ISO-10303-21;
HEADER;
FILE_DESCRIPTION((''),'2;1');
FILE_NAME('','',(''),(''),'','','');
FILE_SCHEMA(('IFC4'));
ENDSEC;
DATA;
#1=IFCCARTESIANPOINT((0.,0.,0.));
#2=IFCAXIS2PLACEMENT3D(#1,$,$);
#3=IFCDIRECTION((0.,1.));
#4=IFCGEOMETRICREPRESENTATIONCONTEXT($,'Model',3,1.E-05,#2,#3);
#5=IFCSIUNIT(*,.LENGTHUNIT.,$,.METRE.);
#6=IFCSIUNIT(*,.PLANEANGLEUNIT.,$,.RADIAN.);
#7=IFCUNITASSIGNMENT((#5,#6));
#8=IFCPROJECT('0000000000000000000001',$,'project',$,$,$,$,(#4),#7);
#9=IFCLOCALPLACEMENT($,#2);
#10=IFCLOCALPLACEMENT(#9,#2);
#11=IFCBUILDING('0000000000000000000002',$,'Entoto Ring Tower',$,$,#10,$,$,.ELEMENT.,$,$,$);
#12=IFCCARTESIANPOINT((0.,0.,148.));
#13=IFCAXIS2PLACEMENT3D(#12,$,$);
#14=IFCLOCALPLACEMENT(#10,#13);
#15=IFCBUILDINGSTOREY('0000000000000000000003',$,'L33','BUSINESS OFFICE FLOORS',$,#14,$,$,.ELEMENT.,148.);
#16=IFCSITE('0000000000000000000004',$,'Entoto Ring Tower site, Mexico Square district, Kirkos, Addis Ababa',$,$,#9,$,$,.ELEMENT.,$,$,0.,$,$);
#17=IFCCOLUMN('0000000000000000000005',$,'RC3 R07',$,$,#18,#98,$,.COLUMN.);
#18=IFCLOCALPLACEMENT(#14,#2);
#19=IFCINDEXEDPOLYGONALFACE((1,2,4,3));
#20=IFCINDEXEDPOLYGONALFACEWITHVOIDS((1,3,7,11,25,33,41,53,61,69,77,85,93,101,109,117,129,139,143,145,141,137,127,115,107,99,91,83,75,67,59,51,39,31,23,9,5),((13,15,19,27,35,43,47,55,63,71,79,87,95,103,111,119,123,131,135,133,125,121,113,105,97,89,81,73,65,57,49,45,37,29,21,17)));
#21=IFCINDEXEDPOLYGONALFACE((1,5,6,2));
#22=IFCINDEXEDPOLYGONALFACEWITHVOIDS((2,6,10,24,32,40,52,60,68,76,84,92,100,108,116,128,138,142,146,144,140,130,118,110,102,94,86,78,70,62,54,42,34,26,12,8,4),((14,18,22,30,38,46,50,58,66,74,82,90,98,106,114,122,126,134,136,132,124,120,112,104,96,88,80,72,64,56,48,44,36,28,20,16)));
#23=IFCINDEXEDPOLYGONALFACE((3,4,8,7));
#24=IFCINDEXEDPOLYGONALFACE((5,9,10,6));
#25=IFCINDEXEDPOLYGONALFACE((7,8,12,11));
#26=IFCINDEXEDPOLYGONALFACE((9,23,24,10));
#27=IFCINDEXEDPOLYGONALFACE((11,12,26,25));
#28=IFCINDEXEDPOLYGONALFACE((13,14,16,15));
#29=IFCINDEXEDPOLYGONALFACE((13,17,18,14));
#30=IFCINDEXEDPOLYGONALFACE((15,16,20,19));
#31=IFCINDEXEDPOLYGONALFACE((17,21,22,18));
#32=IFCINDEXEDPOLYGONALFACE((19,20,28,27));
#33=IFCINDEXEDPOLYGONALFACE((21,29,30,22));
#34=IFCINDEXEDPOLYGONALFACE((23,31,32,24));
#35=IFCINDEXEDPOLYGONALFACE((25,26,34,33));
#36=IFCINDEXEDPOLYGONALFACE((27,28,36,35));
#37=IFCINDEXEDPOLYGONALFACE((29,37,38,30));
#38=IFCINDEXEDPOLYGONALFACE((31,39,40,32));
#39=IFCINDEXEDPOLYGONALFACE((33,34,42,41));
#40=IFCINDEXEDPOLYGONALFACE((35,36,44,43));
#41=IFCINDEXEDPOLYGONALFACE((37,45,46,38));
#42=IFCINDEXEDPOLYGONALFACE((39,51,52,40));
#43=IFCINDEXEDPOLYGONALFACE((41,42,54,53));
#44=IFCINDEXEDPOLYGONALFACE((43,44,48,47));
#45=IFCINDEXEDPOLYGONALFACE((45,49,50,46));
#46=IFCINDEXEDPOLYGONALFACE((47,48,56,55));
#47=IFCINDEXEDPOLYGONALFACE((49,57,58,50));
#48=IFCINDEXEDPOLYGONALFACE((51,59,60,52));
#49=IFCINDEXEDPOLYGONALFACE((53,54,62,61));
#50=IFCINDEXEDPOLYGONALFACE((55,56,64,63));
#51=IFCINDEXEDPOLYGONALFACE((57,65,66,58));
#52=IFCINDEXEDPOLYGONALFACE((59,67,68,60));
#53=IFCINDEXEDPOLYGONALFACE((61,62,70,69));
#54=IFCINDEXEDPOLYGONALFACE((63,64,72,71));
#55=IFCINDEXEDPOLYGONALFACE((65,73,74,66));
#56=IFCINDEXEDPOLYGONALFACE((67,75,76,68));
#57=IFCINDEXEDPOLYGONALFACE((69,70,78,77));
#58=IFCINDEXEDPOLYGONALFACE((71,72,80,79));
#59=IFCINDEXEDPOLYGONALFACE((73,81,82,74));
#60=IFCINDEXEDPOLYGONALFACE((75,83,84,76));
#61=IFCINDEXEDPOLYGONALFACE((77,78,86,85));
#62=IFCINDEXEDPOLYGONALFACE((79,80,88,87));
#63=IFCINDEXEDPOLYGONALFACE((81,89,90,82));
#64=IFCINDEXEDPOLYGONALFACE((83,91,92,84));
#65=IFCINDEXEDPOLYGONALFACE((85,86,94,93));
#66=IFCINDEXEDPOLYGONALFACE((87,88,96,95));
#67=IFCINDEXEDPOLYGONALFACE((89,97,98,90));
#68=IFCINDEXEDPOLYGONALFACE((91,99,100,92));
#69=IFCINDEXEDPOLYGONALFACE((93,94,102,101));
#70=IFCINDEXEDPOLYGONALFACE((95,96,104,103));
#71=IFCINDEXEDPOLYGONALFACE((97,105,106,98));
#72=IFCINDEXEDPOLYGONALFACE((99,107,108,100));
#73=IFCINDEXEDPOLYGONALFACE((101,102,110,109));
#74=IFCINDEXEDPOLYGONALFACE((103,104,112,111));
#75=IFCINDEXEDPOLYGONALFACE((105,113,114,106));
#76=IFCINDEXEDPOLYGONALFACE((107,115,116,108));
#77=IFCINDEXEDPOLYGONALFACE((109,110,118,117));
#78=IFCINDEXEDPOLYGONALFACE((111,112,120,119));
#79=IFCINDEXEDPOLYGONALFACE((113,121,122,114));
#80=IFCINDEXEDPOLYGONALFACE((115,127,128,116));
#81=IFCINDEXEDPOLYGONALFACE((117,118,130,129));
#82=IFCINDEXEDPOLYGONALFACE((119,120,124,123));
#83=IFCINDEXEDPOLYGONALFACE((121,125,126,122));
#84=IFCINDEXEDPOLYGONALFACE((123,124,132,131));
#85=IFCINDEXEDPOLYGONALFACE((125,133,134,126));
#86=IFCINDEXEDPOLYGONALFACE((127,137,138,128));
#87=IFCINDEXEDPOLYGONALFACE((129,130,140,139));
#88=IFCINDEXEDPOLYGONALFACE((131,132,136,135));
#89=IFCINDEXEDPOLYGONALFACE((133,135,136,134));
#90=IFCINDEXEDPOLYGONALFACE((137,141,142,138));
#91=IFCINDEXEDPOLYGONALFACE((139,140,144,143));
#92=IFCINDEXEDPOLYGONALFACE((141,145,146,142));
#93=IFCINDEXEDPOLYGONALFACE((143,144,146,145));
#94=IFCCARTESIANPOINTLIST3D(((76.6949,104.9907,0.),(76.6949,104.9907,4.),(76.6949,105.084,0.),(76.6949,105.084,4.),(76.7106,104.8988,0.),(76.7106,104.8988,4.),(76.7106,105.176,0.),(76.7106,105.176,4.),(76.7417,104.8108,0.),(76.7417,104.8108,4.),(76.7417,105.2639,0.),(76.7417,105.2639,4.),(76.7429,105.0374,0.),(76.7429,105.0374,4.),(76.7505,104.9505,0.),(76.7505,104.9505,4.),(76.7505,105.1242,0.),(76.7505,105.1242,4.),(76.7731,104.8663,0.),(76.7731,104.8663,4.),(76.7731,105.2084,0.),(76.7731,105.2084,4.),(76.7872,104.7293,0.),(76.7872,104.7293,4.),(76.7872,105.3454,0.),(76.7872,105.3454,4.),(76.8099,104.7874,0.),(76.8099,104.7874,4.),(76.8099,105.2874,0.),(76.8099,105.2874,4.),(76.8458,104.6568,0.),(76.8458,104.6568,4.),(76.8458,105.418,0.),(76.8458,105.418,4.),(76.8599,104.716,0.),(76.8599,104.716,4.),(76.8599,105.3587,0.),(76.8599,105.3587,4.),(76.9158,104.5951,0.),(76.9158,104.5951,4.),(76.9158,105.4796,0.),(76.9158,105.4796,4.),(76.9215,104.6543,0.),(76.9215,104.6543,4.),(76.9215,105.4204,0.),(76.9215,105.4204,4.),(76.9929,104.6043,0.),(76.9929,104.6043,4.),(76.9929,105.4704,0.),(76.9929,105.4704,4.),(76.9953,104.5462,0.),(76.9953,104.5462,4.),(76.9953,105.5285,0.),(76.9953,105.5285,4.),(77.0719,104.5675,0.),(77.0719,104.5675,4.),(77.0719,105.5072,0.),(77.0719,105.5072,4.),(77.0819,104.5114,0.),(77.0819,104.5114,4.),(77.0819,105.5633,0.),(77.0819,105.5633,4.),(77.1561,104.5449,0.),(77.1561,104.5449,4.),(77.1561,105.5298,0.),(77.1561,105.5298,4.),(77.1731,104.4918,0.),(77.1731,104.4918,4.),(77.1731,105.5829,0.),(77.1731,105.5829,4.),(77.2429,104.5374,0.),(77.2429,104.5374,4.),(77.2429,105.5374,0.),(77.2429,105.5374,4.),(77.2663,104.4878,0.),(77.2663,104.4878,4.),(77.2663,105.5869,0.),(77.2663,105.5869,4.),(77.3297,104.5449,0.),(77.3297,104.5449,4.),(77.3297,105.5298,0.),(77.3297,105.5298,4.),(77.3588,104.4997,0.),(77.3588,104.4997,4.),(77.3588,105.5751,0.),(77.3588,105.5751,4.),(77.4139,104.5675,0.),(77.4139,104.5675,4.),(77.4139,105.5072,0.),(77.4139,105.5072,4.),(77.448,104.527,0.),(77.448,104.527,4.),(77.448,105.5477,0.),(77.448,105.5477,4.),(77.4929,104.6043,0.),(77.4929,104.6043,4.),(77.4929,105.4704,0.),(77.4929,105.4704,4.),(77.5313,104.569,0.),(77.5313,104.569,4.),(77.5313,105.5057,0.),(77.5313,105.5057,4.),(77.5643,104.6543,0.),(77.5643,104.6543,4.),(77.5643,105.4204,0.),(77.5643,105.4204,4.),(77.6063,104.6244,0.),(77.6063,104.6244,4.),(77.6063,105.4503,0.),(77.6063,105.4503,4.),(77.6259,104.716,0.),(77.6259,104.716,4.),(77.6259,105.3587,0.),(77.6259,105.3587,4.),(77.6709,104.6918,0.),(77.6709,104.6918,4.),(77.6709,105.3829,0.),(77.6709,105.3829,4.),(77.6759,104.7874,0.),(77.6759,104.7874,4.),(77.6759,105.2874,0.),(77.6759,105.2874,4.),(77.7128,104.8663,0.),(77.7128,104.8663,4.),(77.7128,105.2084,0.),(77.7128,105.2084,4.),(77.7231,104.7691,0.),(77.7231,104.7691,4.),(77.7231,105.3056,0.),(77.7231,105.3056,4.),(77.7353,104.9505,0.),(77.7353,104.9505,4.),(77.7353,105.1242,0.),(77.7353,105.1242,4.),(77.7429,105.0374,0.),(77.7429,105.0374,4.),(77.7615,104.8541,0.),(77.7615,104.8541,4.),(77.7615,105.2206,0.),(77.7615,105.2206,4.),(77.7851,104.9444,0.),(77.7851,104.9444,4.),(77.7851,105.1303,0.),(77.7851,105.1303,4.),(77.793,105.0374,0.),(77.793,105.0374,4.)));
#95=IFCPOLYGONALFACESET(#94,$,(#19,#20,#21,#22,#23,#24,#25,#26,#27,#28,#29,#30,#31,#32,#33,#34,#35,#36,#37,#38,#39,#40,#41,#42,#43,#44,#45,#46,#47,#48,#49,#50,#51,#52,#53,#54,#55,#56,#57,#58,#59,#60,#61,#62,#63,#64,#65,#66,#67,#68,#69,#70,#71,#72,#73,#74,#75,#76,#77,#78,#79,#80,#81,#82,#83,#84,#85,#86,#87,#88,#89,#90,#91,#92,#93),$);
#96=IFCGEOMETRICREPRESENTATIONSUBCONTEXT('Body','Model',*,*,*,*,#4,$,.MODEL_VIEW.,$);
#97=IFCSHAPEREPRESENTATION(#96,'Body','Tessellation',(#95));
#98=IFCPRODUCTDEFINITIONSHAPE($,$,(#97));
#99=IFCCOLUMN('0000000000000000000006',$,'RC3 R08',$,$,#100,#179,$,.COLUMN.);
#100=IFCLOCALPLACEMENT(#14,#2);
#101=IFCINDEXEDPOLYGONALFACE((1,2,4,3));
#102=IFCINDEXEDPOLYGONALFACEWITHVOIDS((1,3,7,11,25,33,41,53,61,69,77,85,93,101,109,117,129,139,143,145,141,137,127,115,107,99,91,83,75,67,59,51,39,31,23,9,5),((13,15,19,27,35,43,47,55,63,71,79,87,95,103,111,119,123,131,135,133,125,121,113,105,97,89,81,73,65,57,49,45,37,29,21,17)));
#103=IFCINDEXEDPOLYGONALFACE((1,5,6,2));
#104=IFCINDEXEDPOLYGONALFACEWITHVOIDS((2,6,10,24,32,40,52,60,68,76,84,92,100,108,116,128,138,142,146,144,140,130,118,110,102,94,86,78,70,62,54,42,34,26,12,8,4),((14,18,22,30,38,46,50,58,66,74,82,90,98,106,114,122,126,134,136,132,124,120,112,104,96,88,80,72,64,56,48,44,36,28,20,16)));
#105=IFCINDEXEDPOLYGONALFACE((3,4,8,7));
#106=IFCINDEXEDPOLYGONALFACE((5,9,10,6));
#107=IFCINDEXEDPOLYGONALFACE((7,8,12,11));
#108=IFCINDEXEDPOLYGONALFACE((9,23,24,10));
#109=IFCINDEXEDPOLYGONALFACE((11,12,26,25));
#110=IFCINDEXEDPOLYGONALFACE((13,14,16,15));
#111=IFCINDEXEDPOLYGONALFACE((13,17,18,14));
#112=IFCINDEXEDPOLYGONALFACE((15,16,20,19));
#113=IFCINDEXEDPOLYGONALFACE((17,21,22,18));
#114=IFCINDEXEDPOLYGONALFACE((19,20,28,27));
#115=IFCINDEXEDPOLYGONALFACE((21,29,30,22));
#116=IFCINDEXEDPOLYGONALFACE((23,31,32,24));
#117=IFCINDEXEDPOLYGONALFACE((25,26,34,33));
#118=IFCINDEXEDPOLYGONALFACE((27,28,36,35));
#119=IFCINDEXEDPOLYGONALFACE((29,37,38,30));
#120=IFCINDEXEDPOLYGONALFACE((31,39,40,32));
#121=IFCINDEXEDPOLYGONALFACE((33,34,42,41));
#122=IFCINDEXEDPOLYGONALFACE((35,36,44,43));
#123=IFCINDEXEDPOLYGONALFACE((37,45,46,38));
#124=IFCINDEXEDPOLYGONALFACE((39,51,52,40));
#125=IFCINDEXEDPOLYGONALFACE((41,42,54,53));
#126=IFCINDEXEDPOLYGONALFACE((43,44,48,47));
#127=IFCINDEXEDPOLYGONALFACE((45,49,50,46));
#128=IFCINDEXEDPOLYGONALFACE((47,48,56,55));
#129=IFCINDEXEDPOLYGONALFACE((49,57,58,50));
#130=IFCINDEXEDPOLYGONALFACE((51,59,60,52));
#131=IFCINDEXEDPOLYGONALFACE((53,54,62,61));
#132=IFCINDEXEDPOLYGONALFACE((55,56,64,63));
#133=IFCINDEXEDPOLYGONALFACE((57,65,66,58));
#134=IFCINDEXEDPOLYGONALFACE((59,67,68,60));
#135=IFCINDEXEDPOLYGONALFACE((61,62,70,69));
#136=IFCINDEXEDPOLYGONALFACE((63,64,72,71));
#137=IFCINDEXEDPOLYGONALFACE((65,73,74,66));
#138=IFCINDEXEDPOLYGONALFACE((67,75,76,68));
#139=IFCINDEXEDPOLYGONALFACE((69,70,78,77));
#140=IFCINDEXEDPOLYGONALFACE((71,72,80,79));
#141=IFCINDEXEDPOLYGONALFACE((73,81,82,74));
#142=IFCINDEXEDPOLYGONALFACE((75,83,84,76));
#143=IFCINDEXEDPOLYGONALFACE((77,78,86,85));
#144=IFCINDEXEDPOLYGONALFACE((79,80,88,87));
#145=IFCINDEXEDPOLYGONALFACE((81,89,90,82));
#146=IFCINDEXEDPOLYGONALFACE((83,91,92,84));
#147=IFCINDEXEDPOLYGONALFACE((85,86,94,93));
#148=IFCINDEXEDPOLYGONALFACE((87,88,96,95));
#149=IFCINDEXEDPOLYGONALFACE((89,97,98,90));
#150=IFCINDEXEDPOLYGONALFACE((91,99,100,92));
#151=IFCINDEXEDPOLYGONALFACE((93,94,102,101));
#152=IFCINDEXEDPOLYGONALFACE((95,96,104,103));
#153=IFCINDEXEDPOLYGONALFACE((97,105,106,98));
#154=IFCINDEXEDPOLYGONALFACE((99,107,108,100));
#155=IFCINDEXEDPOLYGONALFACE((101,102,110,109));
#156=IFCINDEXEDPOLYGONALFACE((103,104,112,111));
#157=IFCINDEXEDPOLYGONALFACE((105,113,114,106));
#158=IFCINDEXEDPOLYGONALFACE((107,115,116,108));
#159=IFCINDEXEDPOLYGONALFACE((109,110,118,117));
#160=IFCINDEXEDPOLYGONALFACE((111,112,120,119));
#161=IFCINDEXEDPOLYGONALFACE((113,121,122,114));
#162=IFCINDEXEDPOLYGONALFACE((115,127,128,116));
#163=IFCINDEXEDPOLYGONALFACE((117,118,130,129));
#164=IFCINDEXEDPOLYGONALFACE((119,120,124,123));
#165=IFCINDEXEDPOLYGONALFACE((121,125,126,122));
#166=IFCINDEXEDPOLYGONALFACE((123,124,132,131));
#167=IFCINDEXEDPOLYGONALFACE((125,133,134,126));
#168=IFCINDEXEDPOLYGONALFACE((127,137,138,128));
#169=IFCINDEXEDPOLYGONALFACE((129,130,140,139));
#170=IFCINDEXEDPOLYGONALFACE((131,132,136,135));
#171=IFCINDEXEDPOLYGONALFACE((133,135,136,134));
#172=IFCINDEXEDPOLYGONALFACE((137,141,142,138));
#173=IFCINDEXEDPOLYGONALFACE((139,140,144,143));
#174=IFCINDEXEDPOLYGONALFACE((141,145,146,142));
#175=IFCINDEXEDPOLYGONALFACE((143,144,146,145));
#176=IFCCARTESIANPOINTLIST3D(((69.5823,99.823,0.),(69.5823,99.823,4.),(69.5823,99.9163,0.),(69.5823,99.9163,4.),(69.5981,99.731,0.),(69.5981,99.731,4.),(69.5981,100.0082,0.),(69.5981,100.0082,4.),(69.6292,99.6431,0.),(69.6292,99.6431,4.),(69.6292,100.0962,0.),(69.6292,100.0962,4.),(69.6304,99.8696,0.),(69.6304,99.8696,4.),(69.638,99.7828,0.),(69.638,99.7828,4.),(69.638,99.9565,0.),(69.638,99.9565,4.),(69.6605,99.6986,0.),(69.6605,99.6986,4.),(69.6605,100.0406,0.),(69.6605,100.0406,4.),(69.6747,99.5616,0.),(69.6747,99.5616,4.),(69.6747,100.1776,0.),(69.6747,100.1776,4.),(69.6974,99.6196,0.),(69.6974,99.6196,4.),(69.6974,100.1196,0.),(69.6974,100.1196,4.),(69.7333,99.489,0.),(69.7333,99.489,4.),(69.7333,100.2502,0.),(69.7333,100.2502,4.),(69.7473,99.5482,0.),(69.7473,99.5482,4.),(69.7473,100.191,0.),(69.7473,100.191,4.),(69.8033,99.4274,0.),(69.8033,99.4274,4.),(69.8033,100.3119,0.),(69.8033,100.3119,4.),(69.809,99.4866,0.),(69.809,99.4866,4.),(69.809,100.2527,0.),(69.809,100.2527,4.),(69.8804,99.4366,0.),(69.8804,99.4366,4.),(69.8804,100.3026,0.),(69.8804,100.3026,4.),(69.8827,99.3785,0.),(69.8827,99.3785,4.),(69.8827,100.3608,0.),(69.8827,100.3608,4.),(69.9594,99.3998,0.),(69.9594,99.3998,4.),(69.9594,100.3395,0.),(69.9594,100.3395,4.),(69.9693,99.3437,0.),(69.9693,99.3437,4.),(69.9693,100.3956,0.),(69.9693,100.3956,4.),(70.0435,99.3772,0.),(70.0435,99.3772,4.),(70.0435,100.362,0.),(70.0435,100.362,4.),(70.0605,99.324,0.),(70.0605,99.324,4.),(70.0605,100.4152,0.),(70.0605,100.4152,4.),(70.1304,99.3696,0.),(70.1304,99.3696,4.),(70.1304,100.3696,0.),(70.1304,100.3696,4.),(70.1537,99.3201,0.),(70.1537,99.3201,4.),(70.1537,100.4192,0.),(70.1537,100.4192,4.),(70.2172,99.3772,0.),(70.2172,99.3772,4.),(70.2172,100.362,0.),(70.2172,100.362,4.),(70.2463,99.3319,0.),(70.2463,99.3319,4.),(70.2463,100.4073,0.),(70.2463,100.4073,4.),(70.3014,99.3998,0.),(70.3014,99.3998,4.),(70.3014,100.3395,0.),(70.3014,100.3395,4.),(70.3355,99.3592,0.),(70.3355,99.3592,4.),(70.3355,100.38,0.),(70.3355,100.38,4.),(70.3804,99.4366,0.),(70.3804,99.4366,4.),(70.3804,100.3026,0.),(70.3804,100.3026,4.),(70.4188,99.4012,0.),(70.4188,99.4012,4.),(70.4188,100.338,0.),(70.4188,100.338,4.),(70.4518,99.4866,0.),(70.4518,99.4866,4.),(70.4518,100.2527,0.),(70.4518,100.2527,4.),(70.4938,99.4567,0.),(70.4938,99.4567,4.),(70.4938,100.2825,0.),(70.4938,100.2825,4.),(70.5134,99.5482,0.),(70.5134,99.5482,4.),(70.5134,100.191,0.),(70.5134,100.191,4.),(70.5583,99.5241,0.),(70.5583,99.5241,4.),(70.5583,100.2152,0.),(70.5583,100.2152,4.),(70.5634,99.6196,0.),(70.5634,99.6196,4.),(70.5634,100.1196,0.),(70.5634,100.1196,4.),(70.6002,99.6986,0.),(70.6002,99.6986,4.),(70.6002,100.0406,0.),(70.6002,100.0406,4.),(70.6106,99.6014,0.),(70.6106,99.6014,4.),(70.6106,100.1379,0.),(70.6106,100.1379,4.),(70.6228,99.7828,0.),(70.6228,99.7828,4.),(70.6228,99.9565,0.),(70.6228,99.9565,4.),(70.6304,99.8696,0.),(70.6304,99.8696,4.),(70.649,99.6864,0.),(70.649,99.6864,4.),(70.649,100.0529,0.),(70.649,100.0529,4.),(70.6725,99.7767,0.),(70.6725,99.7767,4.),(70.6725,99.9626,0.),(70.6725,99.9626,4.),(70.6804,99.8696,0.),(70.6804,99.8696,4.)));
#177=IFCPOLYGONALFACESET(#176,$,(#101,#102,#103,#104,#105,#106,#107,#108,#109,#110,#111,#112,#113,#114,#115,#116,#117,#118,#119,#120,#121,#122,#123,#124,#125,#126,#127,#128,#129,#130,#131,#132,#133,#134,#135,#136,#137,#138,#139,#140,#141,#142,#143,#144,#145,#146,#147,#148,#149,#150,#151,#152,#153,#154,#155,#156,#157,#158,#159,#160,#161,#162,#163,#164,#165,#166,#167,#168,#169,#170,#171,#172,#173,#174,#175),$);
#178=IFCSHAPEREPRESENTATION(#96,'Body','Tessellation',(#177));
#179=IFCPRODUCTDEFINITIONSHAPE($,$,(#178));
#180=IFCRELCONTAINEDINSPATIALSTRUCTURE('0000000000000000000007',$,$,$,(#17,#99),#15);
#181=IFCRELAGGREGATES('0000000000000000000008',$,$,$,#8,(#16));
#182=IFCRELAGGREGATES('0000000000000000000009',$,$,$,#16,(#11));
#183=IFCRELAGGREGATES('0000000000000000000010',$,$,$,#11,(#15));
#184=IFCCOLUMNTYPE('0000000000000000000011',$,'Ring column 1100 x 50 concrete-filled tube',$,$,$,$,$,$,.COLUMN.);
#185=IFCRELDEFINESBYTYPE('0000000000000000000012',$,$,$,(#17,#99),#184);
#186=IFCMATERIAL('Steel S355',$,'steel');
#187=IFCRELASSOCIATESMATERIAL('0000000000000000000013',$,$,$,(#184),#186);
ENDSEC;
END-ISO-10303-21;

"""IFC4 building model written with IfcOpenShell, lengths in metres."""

from ifc_helpers import new_model, si_unit, direction, frame, origin, origin_2d, place, context, subcontext, project, spatial, circle, hollow_circle, extrude, material, material_profile, profile_set, type_object, element, save


model = new_model("IFC4")

# Units and contexts
model_context = context("Model", 3, precision=1e-05, world=origin(), true_north=direction((0.0, 1.0)))
body_context = subcontext(model_context, "Body", "Model", "MODEL_VIEW")
ifc_project = project(units=[si_unit("LENGTHUNIT", "METRE"), si_unit("PLANEANGLEUNIT", "RADIAN")], contexts=[model_context])

# Site, building, storey
site_placement = place(None, origin())
site = spatial("IfcSite", under=ifc_project, at=site_placement, Name="Entoto Ring Tower site, Mexico Square district, Kirkos, Addis Ababa", CompositionType="ELEMENT", RefElevation=0.0)
building_placement = place(site_placement, origin())
building = spatial("IfcBuilding", under=site, at=building_placement, Name="Entoto Ring Tower", CompositionType="ELEMENT")
storey_placement = place(building_placement, frame((0.0, 0.0, 148.0)))
storey = spatial("IfcBuildingStorey", under=building, at=storey_placement, Name="L33", Description="BUSINESS OFFICE FLOORS", CompositionType="ELEMENT", Elevation=148.0)

# Columns
ifc_material_1 = material(Name="Steel S355", Category="steel")
ifc_material_profile_1 = material_profile(ifc_material_1, hollow_circle(Radius=0.55, WallThickness=0.05, at=origin_2d()), Name="CHS 1100 x 50")
ifc_material_2 = material(Name="Concrete C60/75", Category="concrete")
ifc_material_profile_2 = material_profile(ifc_material_2, circle(Radius=0.5, at=origin_2d()), Name="Concrete C60/75 infill")
ifc_profile_set_1 = profile_set([ifc_material_profile_1, ifc_material_profile_2], Name="Steel S355")
column_type = type_object("IfcColumnType", Name="Ring column 1100 x 50 concrete-filled tube", PredefinedType="COLUMN", material=ifc_profile_set_1)
for number, where, z_axis, x_axis, name in (
    (1, (77.2429, 105.0374, 0.0), (0.0, 0.0, 1.0), (1.0, 0.0, 0.0), "RC3 R07"),
    (2, (70.1304, 99.8696, 0.0), (0.0, 0.0, 1.0), (1.0, 0.0, 0.0), "RC3 R08"),
):
    element("IfcColumn", number, at=place(storey_placement, frame(where, z_axis=z_axis, x_axis=x_axis)), inside=storey, type_object=column_type, Name=name, PredefinedType="COLUMN", context=body_context, shape_type="SweptSolid", body=[
        extrude(hollow_circle(Radius=0.55, WallThickness=0.05, at=origin_2d()), origin(), (0.0, 0.0, 1.0), 4.0),
    ])

save(model, "model.ifc")
